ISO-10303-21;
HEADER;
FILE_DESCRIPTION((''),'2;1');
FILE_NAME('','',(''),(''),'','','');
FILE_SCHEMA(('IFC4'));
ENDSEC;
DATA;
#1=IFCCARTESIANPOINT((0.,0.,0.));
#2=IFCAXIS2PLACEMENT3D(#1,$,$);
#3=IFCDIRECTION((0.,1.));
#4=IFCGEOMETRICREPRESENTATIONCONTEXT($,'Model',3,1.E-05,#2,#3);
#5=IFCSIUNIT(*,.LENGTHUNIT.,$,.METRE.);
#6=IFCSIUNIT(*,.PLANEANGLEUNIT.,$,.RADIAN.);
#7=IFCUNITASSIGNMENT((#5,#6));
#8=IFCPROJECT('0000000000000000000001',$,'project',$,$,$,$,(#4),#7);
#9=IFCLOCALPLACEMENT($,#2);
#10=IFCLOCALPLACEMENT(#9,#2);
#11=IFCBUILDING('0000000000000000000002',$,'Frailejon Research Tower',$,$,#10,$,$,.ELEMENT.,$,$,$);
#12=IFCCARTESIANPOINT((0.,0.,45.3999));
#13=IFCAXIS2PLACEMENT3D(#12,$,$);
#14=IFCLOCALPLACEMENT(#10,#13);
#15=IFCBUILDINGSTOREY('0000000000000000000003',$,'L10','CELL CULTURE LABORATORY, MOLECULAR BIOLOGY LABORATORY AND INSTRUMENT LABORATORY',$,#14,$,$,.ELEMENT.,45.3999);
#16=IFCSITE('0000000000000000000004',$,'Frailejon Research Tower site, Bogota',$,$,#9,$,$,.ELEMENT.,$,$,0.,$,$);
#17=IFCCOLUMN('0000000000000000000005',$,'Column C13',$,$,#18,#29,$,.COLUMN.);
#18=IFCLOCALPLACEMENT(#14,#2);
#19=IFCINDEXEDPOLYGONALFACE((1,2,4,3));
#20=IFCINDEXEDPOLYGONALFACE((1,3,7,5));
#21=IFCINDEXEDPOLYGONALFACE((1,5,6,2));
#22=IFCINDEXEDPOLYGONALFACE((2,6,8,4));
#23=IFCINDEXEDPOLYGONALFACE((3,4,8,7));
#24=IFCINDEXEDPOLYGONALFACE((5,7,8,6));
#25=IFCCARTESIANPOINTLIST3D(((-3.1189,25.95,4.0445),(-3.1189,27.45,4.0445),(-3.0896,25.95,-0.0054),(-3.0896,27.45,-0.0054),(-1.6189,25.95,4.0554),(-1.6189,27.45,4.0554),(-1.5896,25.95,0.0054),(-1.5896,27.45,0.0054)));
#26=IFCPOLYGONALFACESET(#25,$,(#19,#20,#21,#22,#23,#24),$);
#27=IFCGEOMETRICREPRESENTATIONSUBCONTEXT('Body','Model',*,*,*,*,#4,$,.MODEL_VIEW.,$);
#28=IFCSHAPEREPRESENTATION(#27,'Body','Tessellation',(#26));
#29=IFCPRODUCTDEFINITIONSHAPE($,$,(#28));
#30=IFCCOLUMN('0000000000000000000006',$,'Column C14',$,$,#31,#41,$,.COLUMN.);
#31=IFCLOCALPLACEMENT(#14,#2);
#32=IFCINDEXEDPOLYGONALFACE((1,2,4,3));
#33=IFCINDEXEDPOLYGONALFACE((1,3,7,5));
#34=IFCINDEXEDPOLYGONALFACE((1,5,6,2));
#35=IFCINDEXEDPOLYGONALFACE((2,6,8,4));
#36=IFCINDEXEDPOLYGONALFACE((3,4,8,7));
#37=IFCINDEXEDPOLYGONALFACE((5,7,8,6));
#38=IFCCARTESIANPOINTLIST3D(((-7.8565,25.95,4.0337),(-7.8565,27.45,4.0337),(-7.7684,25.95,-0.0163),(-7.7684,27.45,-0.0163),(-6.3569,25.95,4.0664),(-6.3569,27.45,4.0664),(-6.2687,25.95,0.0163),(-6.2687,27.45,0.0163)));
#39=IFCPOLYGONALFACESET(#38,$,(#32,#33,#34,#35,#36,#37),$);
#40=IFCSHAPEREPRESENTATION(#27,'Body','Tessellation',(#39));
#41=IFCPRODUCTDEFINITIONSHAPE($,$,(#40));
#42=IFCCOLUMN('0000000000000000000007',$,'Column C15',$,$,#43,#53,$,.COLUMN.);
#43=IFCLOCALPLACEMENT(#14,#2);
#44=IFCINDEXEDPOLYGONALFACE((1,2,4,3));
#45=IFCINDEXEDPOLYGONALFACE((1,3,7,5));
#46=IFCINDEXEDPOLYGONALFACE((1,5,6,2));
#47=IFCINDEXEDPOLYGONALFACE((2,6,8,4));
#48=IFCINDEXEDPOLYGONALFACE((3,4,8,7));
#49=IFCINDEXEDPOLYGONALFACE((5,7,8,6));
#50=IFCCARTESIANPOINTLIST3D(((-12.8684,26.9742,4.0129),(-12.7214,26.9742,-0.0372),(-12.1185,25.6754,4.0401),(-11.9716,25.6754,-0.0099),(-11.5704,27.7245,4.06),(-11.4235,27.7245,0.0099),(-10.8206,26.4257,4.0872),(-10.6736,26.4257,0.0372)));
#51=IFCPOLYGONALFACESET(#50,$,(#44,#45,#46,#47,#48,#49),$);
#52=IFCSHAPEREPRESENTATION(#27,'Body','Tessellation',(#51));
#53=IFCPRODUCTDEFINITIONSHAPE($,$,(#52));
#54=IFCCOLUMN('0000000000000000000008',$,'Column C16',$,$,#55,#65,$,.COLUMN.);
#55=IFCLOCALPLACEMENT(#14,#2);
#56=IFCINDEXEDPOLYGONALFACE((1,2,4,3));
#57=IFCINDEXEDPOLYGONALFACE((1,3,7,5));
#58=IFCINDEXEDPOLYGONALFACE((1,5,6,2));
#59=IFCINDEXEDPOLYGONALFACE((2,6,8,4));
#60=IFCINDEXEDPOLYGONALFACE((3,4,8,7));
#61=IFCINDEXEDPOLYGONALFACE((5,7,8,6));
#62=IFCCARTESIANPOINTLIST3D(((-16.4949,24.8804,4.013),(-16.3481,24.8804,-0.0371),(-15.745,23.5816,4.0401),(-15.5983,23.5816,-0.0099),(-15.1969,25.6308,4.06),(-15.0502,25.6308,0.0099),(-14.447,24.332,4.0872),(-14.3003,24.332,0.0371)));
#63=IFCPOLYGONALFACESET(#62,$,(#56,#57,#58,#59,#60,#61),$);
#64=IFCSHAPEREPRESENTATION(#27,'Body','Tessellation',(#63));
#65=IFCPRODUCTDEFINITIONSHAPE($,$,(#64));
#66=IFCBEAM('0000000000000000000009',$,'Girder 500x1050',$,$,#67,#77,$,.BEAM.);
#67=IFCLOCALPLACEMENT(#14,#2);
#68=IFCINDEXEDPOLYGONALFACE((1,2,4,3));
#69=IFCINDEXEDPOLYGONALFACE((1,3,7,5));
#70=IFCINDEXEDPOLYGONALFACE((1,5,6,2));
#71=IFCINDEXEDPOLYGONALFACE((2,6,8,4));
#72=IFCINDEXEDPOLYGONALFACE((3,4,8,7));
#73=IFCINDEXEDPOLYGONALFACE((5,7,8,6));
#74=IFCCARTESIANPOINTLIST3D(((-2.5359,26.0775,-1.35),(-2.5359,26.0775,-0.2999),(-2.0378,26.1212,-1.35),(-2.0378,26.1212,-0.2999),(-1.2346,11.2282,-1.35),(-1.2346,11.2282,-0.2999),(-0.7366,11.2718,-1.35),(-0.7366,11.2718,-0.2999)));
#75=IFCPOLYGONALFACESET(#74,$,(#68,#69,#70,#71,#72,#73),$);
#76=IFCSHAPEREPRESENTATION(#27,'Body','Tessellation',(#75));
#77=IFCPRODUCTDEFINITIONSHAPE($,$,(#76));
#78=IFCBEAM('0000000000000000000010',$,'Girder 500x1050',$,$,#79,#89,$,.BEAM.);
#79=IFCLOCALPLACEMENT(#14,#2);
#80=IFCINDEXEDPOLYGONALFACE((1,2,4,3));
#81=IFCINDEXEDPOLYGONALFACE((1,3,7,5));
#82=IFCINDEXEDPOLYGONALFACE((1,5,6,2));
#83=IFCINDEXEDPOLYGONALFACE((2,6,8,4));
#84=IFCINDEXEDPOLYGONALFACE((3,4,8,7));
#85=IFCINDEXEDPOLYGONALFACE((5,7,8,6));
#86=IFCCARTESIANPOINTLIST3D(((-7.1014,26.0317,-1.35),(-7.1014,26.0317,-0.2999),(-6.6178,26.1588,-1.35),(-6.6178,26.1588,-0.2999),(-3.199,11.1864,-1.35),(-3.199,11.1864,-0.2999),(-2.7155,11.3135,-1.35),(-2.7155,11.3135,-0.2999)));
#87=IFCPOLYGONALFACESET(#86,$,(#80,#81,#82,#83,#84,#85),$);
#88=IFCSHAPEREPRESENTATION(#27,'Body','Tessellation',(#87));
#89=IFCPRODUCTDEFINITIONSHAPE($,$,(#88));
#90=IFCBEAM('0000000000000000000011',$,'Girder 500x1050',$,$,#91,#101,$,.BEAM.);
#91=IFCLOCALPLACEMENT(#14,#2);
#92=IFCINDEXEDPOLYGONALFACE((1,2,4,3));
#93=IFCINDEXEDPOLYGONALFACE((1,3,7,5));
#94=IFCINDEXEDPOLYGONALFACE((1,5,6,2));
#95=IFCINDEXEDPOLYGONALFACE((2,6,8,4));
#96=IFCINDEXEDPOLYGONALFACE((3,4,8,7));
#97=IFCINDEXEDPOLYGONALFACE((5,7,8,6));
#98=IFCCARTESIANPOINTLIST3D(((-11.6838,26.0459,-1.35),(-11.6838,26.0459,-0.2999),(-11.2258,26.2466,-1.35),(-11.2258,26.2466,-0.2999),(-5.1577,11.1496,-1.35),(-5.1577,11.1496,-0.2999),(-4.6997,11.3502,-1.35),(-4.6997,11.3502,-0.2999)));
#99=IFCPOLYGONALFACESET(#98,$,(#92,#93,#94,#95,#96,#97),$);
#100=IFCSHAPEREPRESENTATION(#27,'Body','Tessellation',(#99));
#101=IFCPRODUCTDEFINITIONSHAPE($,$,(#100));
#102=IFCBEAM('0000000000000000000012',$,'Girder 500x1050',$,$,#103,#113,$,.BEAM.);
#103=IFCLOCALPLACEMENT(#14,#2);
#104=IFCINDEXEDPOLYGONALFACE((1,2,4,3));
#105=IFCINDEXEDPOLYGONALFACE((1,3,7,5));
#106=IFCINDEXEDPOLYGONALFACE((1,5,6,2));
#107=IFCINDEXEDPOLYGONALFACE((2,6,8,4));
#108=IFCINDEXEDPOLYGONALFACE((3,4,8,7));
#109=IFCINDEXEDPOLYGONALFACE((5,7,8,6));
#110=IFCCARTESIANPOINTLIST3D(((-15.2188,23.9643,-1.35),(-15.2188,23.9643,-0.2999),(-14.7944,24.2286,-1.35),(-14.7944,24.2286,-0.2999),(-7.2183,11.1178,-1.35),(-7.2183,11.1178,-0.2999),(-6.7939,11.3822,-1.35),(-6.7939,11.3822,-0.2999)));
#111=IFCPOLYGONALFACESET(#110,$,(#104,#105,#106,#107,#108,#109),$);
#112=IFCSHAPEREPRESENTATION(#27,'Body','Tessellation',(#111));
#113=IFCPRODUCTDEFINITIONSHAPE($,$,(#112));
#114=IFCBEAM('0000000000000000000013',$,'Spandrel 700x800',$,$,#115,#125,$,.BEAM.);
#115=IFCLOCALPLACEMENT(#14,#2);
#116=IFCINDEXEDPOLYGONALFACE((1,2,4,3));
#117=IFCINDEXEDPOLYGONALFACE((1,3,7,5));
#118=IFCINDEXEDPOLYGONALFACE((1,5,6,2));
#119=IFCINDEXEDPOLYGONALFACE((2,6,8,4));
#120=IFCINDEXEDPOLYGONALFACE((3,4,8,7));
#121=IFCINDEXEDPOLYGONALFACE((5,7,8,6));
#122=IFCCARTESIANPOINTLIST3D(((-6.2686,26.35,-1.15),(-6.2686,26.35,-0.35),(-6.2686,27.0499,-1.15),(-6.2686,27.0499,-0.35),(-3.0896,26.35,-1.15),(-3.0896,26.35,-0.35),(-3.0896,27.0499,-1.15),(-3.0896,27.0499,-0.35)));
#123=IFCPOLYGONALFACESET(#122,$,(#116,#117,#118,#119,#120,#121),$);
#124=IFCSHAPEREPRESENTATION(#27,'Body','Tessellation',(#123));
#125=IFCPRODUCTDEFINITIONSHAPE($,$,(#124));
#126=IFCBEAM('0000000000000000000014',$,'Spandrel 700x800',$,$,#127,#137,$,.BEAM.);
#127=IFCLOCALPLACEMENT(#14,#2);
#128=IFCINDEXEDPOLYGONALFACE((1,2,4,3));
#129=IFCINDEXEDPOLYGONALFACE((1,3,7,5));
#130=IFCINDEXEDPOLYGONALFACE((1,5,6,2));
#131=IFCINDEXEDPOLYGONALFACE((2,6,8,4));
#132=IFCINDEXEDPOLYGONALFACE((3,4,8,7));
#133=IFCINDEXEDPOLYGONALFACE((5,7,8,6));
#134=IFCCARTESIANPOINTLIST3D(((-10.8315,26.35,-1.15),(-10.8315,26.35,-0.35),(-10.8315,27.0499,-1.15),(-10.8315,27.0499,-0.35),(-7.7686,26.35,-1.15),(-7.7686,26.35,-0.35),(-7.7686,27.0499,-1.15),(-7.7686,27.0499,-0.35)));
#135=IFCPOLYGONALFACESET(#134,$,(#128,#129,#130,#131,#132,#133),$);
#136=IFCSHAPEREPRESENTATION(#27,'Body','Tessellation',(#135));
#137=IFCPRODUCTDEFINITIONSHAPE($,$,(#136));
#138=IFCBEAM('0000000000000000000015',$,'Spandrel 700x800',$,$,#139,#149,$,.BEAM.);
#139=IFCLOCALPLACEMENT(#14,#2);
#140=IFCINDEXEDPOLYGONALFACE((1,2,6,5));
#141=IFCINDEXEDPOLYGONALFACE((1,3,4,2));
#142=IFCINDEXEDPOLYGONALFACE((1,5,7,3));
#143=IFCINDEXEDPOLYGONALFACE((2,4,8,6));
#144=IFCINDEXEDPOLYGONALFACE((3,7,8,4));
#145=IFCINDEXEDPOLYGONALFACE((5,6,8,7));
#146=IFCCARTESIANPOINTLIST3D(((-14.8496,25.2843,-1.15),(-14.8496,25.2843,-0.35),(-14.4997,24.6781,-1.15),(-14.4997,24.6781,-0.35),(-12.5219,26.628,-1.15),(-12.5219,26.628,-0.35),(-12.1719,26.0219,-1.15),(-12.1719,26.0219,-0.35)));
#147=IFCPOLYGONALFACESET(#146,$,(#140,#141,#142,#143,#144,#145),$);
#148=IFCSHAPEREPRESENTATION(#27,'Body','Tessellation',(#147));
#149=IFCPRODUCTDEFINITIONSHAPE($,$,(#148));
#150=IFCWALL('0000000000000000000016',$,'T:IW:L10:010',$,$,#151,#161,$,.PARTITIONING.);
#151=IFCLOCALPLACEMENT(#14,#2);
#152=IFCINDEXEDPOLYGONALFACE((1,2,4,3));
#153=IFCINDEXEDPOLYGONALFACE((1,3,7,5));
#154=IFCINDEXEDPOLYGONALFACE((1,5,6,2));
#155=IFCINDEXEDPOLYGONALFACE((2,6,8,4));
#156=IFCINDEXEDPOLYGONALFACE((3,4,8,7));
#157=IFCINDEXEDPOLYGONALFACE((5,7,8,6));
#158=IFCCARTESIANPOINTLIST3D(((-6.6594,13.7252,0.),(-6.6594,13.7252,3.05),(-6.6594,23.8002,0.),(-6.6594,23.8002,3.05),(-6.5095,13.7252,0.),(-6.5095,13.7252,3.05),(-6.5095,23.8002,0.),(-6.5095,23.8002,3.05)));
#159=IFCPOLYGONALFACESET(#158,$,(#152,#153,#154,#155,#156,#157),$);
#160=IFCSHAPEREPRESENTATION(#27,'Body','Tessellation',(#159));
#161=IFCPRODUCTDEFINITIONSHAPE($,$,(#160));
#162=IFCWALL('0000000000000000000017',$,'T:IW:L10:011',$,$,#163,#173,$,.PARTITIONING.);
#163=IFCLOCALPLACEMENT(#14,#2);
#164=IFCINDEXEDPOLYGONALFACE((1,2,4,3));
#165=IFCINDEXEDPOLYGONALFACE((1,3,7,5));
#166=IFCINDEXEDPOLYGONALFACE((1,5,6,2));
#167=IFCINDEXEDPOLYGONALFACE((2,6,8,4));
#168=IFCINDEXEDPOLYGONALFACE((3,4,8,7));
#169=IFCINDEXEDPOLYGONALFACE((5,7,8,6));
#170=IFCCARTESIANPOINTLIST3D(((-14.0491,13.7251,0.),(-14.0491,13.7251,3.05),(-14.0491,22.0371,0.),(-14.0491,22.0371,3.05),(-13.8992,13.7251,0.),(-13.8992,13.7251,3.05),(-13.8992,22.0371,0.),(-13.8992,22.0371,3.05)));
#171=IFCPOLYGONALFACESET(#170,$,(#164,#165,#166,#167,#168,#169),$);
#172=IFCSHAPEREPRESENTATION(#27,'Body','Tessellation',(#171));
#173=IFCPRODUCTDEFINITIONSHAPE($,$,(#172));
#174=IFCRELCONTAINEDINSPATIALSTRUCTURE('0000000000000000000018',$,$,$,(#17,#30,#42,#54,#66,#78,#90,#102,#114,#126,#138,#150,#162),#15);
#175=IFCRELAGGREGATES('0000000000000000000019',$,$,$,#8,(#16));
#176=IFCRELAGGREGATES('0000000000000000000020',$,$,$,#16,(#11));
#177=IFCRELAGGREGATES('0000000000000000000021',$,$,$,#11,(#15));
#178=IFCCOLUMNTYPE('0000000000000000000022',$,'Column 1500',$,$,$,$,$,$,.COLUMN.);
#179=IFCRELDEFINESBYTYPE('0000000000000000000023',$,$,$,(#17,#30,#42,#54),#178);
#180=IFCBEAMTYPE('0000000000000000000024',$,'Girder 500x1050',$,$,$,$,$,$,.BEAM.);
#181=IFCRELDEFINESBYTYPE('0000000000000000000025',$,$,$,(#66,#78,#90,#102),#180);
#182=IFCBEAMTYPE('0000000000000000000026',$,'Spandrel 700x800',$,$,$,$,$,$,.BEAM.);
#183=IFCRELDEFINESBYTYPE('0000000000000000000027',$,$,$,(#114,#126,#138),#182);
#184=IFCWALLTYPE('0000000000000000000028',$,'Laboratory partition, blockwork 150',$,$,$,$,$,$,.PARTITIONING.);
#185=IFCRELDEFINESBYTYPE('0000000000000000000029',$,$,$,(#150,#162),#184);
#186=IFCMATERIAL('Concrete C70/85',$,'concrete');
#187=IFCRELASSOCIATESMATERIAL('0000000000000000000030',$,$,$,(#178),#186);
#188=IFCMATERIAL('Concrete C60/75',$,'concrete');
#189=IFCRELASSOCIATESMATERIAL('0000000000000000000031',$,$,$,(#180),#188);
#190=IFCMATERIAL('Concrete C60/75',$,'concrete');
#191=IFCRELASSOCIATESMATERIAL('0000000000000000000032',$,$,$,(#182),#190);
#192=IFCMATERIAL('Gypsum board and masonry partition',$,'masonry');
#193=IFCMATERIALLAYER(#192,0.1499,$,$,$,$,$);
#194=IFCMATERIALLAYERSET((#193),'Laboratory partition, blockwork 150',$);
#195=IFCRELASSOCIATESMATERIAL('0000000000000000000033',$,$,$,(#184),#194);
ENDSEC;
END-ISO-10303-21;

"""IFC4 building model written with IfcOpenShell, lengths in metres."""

from ifc_helpers import new_model, si_unit, direction, frame, frame_2d, origin, origin_2d, place, context, subcontext, project, spatial, rectangle, extrude, material, layer, layer_set, material_profile, profile_set, type_object, element, save


model = new_model("IFC4")

# Units and contexts
model_context = context("Model", 3, precision=1e-05, world=origin(), true_north=direction((0.0, 1.0)))
body_context = subcontext(model_context, "Body", "Model", "MODEL_VIEW")
ifc_project = project(units=[si_unit("LENGTHUNIT", "METRE"), si_unit("PLANEANGLEUNIT", "RADIAN")], contexts=[model_context])

# Site, building, storey
site_placement = place(None, origin())
site = spatial("IfcSite", under=ifc_project, at=site_placement, Name="Frailejon Research Tower site, Bogota", CompositionType="ELEMENT", RefElevation=0.0)
building_placement = place(site_placement, origin())
building = spatial("IfcBuilding", under=site, at=building_placement, Name="Frailejon Research Tower", CompositionType="ELEMENT")
storey_placement = place(building_placement, frame((0.0, 0.0, 45.3999)))
storey = spatial("IfcBuildingStorey", under=building, at=storey_placement, Name="L10", Description="CELL CULTURE LABORATORY, MOLECULAR BIOLOGY LABORATORY AND INSTRUMENT LABORATORY", CompositionType="ELEMENT", Elevation=45.3999)

# Columns
ifc_material_1 = material(Name="Concrete C70/85", Category="concrete")
ifc_material_profile_1 = material_profile(ifc_material_1, rectangle(XDim=1.5, YDim=1.5, at=origin_2d()), Name="Column 1500")
ifc_profile_set_1 = profile_set([ifc_material_profile_1], Name="Concrete C70/85")
column_type = type_object("IfcColumnType", Name="Column 1500", PredefinedType="COLUMN", material=ifc_profile_set_1)
column_1_placement = place(storey_placement, frame((-2.3396, 26.7, 0.0), z_axis=(-0.007234, 0.0, 0.999974), x_axis=(-0.999974, 0.0, -0.007234)))
element("IfcColumn", 1, at=column_1_placement, inside=storey, type_object=column_type, Name="Column C13", PredefinedType="COLUMN", context=body_context, shape_type="SweptSolid", body=[
    extrude(rectangle(XDim=1.5, YDim=1.5, at=origin_2d()), origin(), (0.0, 0.0, 1.0), 4.05),
])
column_2_placement = place(storey_placement, frame((-7.0186, 26.7, 0.0), z_axis=(-0.021756, 0.0, 0.999763), x_axis=(-0.999763, 0.0, -0.021756)))
element("IfcColumn", 2, at=column_2_placement, inside=storey, type_object=column_type, Name="Column C14", PredefinedType="COLUMN", context=body_context, shape_type="SweptSolid", body=[
    extrude(rectangle(XDim=1.5, YDim=1.5, at=origin_2d()), origin(), (0.0, 0.0, 1.0), 4.051),
])
for number, where, z_axis, x_axis, name in (
    (3, (-11.6975, 26.7, 0.0), (-0.036265, 0.0, 0.999342), (-0.865314, -0.500246, -0.031401), "Column C15"),
    (4, (-15.3242, 24.6062, 0.0), (-0.036205, 0.0, 0.999344), (-0.865315, -0.500246, -0.031349), "Column C16"),
):
    element("IfcColumn", number, at=place(storey_placement, frame(where, z_axis=z_axis, x_axis=x_axis)), inside=storey, type_object=column_type, Name=name, PredefinedType="COLUMN", context=body_context, shape_type="SweptSolid", body=[
        extrude(rectangle(XDim=1.5, YDim=1.5, at=origin_2d()), origin(), (0.0, 0.0, 1.0), 4.0527),
    ])

# Beams
ifc_material_2 = material(Name="Concrete C60/75", Category="concrete")
ifc_material_profile_2 = material_profile(ifc_material_2, rectangle(XDim=0.5, YDim=1.05, at=origin_2d()), Name="Girder 500x1050")
ifc_profile_set_2 = profile_set([ifc_material_profile_2], Name="Concrete C60/75")
beam_type_1 = type_object("IfcBeamType", Name="Girder 500x1050", PredefinedType="BEAM", material=ifc_profile_set_2)
beam_1_placement = place(storey_placement, frame((-2.2869, 26.0994, -0.825), z_axis=(0.087297, -0.996182, 0.0), x_axis=(0.996182, 0.087297, 0.0)))
element("IfcBeam", 5, at=beam_1_placement, inside=storey, type_object=beam_type_1, Name="Girder 500x1050", PredefinedType="BEAM", context=body_context, shape_type="SweptSolid", body=[
    extrude(rectangle(XDim=0.5, YDim=1.05, at=origin_2d()), origin(), (0.0, 0.0, 1.0), 14.9062),
])
beam_2_placement = place(storey_placement, frame((-6.8596, 26.0952, -0.825), z_axis=(0.254232, -0.967143, 0.0), x_axis=(0.967143, 0.254232, 0.0)))
element("IfcBeam", 6, at=beam_2_placement, inside=storey, type_object=beam_type_1, Name="Girder 500x1050", PredefinedType="BEAM", context=body_context, shape_type="SweptSolid", body=[
    extrude(rectangle(XDim=0.5, YDim=1.05, at=origin_2d()), origin(), (0.0, 0.0, 1.0), 15.3496),
])
beam_3_placement = place(storey_placement, frame((-11.4548, 26.1462, -0.825), z_axis=(0.401284, -0.915954, 0.0), x_axis=(0.915954, 0.401284, 0.0)))
element("IfcBeam", 7, at=beam_3_placement, inside=storey, type_object=beam_type_1, Name="Girder 500x1050", PredefinedType="BEAM", context=body_context, shape_type="SweptSolid", body=[
    extrude(rectangle(XDim=0.5, YDim=1.05, at=origin_2d()), origin(), (0.0, 0.0, 1.0), 16.2632),
])
beam_4_placement = place(storey_placement, frame((-15.0066, 24.0964, -0.825), z_axis=(0.528642, -0.848845, 0.0), x_axis=(0.848845, 0.528642, 0.0)))
element("IfcBeam", 8, at=beam_4_placement, inside=storey, type_object=beam_type_1, Name="Girder 500x1050", PredefinedType="BEAM", context=body_context, shape_type="SweptSolid", body=[
    extrude(rectangle(XDim=0.5, YDim=1.05, at=origin_2d()), origin(), (0.0, 0.0, 1.0), 15.134),
])
ifc_material_3 = material(Name="Concrete C60/75", Category="concrete")
ifc_material_profile_3 = material_profile(ifc_material_3, rectangle(XDim=0.7, YDim=0.8, at=origin_2d()), Name="Spandrel 700x800")
ifc_profile_set_3 = profile_set([ifc_material_profile_3], Name="Concrete C60/75")
beam_type_2 = type_object("IfcBeamType", Name="Spandrel 700x800", PredefinedType="BEAM", material=ifc_profile_set_3)
beam_5_placement = place(storey_placement, frame((-3.0896, 26.7, -0.75), z_axis=(-1.0, 0.0, 0.0), x_axis=(0.0, -1.0, 0.0)))
element("IfcBeam", 9, at=beam_5_placement, inside=storey, type_object=beam_type_2, Name="Spandrel 700x800", PredefinedType="BEAM", context=body_context, shape_type="SweptSolid", body=[
    extrude(rectangle(XDim=0.7, YDim=0.8, at=origin_2d()), origin(), (0.0, 0.0, 1.0), 3.179),
])
beam_6_placement = place(storey_placement, frame((-7.7686, 26.7, -0.75), z_axis=(-1.0, 0.0, 0.0), x_axis=(0.0, -1.0, 0.0)))
element("IfcBeam", 10, at=beam_6_placement, inside=storey, type_object=beam_type_2, Name="Spandrel 700x800", PredefinedType="BEAM", context=body_context, shape_type="SweptSolid", body=[
    extrude(rectangle(XDim=0.7, YDim=0.8, at=origin_2d()), origin(), (0.0, 0.0, 1.0), 3.063),
])
beam_7_placement = place(storey_placement, frame((-12.3469, 26.325, -0.75), z_axis=(-0.866043, -0.499969, 0.0), x_axis=(0.499969, -0.866043, 0.0)))
element("IfcBeam", 11, at=beam_7_placement, inside=storey, type_object=beam_type_2, Name="Spandrel 700x800", PredefinedType="BEAM", context=body_context, shape_type="SweptSolid", body=[
    extrude(rectangle(XDim=0.7, YDim=0.8, at=origin_2d()), origin(), (0.0, 0.0, 1.0), 2.6877),
])

# Walls
ifc_material_4 = material(Name="Gypsum board and masonry partition", Category="masonry")
ifc_layer_1 = layer(ifc_material_4, 0.1499)
ifc_layer_set_1 = layer_set([ifc_layer_1], Name="Laboratory partition, blockwork 150")
wall_type_1 = type_object("IfcWallType", Name="Laboratory partition, blockwork 150", PredefinedType="PARTITIONING", material=ifc_layer_set_1)
wall_1_placement = place(storey_placement, frame((-6.5845, 13.7251, 0.0), z_axis=(0.0, 0.0, 1.0), x_axis=(0.0, 1.0, 0.0)))
element("IfcWall", 12, at=wall_1_placement, inside=storey, type_object=wall_type_1, Name="T:IW:L10:010", PredefinedType="PARTITIONING", context=body_context, shape_type="SweptSolid", body=[
    extrude(rectangle(XDim=10.075, YDim=0.1499, at=frame_2d((5.0376, 0.0))), origin(), (0.0, 0.0, 1.0), 3.05),
])
wall_2_placement = place(storey_placement, frame((-13.9741, 13.7251, 0.0), z_axis=(0.0, 0.0, 1.0), x_axis=(0.0, 1.0, 0.0)))
element("IfcWall", 13, at=wall_2_placement, inside=storey, type_object=wall_type_1, Name="T:IW:L10:011", PredefinedType="PARTITIONING", context=body_context, shape_type="SweptSolid", body=[
    extrude(rectangle(XDim=8.312, YDim=0.1499, at=frame_2d((4.156, 0.0))), origin(), (0.0, 0.0, 1.0), 3.05),
])

save(model, "model.ifc")
